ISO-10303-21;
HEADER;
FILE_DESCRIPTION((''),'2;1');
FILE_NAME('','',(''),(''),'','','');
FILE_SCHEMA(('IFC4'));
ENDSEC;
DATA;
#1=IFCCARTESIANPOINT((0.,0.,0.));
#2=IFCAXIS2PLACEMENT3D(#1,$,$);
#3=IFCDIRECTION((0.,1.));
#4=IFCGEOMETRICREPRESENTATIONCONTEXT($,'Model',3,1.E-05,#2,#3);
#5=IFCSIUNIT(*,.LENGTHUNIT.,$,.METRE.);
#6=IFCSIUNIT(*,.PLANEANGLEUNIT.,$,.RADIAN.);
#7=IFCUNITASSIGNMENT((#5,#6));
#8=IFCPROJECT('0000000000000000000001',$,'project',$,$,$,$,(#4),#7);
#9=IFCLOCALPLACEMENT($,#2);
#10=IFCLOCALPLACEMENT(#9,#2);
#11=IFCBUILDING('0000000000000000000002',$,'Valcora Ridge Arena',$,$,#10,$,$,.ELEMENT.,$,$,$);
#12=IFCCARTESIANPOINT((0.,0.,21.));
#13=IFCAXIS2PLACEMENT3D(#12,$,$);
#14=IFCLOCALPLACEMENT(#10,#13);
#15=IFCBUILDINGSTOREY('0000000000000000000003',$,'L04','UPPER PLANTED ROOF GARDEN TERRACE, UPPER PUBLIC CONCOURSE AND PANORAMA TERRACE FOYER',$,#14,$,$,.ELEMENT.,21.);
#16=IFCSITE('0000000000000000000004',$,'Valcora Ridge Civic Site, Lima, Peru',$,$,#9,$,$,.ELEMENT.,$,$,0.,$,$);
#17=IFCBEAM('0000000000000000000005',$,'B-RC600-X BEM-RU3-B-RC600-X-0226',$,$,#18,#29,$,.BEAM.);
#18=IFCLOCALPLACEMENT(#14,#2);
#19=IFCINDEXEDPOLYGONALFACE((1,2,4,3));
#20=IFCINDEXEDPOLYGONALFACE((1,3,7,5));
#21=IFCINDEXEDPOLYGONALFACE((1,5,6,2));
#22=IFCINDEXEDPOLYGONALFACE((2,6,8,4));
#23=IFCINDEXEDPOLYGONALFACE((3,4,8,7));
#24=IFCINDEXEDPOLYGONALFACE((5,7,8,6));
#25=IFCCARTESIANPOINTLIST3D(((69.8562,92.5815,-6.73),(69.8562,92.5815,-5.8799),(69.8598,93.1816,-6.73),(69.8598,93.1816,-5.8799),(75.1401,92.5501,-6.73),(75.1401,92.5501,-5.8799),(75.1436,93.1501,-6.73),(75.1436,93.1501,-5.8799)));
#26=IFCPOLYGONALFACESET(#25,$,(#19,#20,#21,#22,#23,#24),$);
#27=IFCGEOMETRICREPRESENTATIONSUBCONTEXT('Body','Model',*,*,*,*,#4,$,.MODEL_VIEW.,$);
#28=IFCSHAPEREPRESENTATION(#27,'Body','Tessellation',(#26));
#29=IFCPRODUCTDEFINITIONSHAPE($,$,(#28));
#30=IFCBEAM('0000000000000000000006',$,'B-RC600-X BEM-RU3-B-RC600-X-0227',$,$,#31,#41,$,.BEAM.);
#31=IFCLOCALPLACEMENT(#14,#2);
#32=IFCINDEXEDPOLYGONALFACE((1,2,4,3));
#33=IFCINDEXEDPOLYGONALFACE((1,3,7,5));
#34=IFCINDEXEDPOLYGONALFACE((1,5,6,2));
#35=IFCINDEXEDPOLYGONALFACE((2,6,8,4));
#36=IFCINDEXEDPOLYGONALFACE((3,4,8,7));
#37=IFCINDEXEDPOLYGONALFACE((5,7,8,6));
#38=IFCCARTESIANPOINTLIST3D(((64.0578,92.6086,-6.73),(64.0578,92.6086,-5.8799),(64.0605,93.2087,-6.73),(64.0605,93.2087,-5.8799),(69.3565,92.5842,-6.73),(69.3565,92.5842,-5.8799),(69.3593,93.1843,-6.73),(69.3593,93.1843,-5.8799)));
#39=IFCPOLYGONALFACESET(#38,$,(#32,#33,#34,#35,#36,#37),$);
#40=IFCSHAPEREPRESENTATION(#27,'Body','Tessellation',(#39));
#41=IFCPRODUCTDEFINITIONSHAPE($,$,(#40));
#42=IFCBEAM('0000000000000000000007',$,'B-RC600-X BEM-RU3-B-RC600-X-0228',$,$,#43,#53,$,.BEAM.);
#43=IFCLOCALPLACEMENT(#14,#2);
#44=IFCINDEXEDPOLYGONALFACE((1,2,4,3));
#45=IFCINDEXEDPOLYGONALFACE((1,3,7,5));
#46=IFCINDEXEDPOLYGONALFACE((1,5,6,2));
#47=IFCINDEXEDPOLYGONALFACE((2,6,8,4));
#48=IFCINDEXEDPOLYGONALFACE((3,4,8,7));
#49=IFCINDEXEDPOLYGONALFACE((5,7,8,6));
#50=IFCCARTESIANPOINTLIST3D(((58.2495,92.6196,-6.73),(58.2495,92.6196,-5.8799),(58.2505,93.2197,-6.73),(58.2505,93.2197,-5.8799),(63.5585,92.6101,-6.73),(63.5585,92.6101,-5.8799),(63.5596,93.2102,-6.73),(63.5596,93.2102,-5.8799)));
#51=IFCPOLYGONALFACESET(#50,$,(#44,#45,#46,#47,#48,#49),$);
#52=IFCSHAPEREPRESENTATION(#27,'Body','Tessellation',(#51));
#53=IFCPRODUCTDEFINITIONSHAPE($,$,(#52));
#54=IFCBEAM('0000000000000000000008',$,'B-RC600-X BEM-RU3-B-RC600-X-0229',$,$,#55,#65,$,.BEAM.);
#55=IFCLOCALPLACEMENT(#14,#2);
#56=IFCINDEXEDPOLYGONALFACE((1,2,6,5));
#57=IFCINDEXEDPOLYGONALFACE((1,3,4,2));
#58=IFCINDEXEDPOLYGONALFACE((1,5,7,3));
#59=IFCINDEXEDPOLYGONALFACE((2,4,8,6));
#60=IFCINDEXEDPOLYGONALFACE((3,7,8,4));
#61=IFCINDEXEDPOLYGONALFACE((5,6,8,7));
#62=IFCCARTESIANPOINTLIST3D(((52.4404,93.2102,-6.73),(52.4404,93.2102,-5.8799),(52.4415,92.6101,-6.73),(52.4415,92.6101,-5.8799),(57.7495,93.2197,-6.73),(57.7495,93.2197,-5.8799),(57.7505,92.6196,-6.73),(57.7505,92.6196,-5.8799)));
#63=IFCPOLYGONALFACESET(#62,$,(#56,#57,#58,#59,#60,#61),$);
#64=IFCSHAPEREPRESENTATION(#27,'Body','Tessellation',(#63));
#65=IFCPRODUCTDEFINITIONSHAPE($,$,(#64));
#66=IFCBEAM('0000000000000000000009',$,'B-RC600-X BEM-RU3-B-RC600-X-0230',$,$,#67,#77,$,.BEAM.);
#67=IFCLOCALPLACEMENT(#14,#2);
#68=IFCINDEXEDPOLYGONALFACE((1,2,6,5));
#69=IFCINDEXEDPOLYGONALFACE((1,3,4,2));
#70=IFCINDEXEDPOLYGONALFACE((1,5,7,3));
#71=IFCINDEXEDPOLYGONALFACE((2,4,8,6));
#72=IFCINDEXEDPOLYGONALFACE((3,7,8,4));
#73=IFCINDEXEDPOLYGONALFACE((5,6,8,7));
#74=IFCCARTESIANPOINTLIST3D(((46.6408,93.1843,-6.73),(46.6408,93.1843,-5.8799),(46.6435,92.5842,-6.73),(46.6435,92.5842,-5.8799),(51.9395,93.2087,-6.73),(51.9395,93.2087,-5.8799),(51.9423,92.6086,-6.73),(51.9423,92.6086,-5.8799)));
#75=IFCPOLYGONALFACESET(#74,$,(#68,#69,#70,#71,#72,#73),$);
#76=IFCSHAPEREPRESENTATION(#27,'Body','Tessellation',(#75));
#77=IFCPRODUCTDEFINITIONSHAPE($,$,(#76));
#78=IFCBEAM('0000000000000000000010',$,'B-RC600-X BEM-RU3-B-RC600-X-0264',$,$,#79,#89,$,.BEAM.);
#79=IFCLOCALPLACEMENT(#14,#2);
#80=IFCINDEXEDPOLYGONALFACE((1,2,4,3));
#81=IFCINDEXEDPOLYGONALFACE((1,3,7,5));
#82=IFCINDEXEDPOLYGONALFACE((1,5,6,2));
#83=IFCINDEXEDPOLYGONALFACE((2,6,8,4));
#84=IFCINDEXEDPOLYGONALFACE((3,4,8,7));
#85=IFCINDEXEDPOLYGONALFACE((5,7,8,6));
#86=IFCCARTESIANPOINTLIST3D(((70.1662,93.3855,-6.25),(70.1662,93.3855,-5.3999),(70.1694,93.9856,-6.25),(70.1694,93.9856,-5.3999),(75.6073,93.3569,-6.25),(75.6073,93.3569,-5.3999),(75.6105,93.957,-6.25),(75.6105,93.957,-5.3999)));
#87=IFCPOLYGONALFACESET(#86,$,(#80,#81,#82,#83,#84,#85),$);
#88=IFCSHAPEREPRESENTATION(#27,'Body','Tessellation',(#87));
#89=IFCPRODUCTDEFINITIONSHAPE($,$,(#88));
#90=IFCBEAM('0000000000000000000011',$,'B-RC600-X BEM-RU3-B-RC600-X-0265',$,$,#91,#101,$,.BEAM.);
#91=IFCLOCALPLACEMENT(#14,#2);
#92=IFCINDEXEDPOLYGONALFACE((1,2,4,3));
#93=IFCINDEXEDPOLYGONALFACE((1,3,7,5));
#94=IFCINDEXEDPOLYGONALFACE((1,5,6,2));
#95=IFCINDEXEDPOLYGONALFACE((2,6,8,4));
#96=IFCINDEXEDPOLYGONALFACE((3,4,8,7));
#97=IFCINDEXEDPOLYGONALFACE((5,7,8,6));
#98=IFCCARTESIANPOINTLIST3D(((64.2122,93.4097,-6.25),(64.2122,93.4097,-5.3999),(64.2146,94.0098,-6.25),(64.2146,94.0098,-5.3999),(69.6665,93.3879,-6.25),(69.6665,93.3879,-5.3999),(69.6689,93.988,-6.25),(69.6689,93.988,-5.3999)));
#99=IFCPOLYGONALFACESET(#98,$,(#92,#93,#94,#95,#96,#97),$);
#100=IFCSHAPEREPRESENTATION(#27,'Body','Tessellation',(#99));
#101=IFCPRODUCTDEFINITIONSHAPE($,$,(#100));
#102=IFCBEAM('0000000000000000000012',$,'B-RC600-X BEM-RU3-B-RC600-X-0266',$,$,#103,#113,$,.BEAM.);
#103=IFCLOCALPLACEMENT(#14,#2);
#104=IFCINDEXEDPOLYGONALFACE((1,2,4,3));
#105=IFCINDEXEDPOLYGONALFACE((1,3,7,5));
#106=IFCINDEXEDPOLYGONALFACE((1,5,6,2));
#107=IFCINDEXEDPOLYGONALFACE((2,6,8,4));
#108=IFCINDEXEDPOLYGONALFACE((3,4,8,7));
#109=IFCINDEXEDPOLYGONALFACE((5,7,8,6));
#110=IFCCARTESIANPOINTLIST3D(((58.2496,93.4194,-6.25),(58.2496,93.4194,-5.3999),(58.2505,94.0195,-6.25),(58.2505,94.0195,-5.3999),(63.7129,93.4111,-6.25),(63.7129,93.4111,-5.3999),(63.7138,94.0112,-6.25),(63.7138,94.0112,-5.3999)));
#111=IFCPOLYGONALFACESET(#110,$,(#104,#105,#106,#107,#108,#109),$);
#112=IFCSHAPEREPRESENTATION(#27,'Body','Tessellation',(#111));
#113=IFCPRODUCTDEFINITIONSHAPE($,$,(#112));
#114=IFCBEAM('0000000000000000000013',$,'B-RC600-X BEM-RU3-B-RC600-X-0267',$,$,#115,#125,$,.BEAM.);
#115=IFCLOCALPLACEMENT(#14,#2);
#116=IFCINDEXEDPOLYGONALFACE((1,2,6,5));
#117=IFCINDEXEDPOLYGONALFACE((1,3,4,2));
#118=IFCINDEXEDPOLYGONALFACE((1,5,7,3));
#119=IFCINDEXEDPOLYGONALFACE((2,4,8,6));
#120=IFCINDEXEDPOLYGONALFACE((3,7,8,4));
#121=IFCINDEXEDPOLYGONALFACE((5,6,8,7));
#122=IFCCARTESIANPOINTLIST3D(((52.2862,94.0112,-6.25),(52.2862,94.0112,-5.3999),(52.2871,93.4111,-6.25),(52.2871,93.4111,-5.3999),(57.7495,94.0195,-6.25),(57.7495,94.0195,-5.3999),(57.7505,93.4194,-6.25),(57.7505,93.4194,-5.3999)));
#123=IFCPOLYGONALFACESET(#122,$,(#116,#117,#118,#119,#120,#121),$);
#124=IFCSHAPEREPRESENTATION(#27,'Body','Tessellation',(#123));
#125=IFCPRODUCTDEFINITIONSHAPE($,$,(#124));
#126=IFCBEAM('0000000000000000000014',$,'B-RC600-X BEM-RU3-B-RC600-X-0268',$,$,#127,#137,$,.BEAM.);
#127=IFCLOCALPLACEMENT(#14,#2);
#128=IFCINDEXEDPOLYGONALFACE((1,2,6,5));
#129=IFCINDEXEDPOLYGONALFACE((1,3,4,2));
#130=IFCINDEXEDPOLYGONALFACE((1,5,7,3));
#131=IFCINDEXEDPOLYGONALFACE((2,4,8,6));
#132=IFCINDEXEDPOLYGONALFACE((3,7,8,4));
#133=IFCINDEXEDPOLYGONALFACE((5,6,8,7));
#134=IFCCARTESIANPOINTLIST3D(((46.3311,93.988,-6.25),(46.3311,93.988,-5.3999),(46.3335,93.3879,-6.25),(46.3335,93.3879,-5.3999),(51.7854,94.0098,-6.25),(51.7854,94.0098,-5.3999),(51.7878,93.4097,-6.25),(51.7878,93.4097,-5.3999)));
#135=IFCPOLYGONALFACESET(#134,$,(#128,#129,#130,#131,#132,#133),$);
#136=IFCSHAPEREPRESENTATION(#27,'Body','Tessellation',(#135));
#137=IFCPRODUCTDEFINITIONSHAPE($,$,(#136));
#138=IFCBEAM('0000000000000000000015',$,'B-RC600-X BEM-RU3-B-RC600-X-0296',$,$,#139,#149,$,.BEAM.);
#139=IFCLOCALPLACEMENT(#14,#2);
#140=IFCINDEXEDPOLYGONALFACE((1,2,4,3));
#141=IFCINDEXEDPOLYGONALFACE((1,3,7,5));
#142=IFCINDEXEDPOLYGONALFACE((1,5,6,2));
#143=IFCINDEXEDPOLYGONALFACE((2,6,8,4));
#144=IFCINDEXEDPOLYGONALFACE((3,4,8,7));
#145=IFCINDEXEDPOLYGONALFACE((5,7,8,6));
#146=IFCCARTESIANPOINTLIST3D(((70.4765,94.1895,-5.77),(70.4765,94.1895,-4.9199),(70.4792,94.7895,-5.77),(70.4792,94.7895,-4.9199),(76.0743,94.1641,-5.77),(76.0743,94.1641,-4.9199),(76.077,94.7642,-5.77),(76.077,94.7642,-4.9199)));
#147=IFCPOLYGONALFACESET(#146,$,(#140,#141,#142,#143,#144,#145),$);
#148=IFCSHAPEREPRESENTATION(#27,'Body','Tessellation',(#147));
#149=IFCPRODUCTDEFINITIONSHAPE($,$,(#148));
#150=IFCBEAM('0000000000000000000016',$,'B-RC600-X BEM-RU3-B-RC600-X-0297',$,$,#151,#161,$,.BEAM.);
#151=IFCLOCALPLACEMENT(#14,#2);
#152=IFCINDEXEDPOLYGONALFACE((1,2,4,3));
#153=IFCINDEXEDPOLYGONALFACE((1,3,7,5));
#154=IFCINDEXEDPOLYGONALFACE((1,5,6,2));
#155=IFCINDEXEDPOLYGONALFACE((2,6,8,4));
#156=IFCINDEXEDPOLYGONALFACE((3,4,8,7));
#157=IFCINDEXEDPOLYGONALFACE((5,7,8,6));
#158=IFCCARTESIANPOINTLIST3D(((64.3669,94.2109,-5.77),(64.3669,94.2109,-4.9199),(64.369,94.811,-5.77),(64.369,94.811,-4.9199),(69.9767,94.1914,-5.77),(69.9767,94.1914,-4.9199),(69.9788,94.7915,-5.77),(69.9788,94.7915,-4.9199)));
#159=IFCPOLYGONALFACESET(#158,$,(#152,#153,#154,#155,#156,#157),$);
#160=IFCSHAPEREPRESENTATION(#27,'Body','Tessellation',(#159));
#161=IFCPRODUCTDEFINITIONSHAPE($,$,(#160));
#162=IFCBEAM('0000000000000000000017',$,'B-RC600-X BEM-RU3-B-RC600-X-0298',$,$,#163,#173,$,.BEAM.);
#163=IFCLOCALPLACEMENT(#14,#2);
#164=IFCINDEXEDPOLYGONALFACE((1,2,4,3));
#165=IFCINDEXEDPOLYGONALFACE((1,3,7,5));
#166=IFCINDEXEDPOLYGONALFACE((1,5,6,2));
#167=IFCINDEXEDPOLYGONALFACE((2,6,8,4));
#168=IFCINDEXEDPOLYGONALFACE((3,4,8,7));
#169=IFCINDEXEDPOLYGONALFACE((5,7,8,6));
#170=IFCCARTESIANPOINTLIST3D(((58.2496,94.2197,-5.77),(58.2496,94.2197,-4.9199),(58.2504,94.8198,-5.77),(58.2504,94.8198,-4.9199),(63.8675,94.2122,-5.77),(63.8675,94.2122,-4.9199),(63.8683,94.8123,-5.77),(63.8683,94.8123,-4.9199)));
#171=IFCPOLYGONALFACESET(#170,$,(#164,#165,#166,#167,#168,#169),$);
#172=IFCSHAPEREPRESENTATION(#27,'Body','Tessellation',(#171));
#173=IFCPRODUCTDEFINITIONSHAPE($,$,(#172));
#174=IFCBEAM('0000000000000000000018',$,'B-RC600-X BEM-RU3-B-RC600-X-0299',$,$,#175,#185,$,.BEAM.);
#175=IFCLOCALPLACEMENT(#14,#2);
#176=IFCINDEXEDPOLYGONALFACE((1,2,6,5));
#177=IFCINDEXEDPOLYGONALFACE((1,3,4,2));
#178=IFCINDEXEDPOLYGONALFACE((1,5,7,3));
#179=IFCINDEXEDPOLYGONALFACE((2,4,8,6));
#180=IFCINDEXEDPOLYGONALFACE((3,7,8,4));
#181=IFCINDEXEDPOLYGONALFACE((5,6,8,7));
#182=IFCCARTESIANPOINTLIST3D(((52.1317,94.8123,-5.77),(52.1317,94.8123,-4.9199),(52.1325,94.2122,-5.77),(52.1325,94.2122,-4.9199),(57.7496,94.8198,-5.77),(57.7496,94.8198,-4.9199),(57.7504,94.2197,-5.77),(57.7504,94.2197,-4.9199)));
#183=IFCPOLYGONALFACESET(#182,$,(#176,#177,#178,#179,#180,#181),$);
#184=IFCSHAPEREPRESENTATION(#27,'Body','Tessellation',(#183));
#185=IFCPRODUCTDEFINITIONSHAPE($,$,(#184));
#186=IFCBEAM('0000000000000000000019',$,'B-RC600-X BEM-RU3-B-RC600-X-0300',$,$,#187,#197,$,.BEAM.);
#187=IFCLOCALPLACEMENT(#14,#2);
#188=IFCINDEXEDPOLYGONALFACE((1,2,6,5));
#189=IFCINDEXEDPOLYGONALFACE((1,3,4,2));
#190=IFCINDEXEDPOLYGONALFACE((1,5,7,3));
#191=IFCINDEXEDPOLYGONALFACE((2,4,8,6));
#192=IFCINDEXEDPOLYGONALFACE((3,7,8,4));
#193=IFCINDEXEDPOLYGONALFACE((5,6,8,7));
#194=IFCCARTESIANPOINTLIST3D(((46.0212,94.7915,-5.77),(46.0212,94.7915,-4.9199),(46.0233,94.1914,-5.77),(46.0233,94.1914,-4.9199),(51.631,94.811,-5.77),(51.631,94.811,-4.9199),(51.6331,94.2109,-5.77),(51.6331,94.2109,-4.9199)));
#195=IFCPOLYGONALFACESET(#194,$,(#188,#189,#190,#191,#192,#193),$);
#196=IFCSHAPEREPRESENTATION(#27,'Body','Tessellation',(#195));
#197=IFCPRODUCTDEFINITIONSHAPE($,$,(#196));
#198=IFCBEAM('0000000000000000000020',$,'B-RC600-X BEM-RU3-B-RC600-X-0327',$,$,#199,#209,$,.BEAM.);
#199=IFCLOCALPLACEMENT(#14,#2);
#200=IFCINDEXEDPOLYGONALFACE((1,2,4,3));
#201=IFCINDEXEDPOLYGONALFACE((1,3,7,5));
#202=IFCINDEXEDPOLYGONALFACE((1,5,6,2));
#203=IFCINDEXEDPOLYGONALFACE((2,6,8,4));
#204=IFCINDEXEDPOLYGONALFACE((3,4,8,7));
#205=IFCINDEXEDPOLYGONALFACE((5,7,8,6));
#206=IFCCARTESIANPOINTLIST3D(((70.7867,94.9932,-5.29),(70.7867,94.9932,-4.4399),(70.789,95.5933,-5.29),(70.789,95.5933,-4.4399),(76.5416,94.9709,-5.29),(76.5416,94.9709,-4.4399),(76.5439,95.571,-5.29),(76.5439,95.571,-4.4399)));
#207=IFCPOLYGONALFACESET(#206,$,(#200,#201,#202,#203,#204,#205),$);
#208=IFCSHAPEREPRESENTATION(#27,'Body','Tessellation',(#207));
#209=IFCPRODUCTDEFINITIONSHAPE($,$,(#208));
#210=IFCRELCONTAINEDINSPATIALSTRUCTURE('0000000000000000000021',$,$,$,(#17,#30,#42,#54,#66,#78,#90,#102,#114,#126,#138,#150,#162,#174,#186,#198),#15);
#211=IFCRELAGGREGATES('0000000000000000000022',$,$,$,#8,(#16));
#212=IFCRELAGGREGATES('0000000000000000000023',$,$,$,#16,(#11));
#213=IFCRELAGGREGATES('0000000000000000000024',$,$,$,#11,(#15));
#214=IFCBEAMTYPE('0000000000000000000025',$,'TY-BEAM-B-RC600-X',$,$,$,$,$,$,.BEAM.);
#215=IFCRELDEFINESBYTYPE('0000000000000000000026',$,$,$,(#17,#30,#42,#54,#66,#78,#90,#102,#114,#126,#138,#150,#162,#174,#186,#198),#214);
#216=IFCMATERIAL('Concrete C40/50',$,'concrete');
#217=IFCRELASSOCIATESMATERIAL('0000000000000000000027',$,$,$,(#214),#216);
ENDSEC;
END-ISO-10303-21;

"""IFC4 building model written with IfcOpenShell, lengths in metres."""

from ifc_helpers import new_model, si_unit, direction, frame, origin, origin_2d, place, context, subcontext, project, spatial, rectangle, extrude, material, material_profile, profile_set, type_object, element, save


model = new_model("IFC4")

# Units and contexts
model_context = context("Model", 3, precision=1e-05, world=origin(), true_north=direction((0.0, 1.0)))
body_context = subcontext(model_context, "Body", "Model", "MODEL_VIEW")
ifc_project = project(units=[si_unit("LENGTHUNIT", "METRE"), si_unit("PLANEANGLEUNIT", "RADIAN")], contexts=[model_context])

# Site, building, storey
site_placement = place(None, origin())
site = spatial("IfcSite", under=ifc_project, at=site_placement, Name="Valcora Ridge Civic Site, Lima, Peru", CompositionType="ELEMENT", RefElevation=0.0)
building_placement = place(site_placement, origin())
building = spatial("IfcBuilding", under=site, at=building_placement, Name="Valcora Ridge Arena", CompositionType="ELEMENT")
storey_placement = place(building_placement, frame((0.0, 0.0, 21.0)))
storey = spatial("IfcBuildingStorey", under=building, at=storey_placement, Name="L04", Description="UPPER PLANTED ROOF GARDEN TERRACE, UPPER PUBLIC CONCOURSE AND PANORAMA TERRACE FOYER", CompositionType="ELEMENT", Elevation=21.0)

# Beams
ifc_material = material(Name="Concrete C40/50", Category="concrete")
ifc_material_profile = material_profile(ifc_material, rectangle(XDim=0.6001, YDim=0.8501, at=origin_2d()), Name="RC 600x850")
ifc_profile_set = profile_set([ifc_material_profile], Name="Concrete C40/50")
beam_type = type_object("IfcBeamType", Name="TY-BEAM-B-RC600-X", PredefinedType="BEAM", material=ifc_profile_set)
beam_1_placement = place(storey_placement, frame((75.1418, 92.8501, -6.3049), z_axis=(-0.999982, 0.00596, 0.0), x_axis=(-0.00596, -0.999982, 0.0)))
element("IfcBeam", 1, at=beam_1_placement, inside=storey, type_object=beam_type, Name="B-RC600-X BEM-RU3-B-RC600-X-0226", PredefinedType="BEAM", context=body_context, shape_type="SweptSolid", body=[
    extrude(rectangle(XDim=0.6001, YDim=0.8501, at=origin_2d()), origin(), (0.0, 0.0, 1.0), 5.2839),
])
beam_2_placement = place(storey_placement, frame((69.3579, 92.8843, -6.3049), z_axis=(-0.999989, 0.004607, 0.0), x_axis=(-0.004607, -0.999989, 0.0)))
element("IfcBeam", 2, at=beam_2_placement, inside=storey, type_object=beam_type, Name="B-RC600-X BEM-RU3-B-RC600-X-0227", PredefinedType="BEAM", context=body_context, shape_type="SweptSolid", body=[
    extrude(rectangle(XDim=0.6001, YDim=0.8501, at=origin_2d()), origin(), (0.0, 0.0, 1.0), 5.2988),
])
for number, where, z_axis, x_axis, name in (
    (3, (63.5591, 92.9102, -6.3049), (-0.999998, 0.001793, 0.0), (-0.001793, -0.999998, 0.0), "B-RC600-X BEM-RU3-B-RC600-X-0228"),
    (4, (57.75, 92.9197, -6.3049), (-0.999998, -0.001793, 0.0), (0.001793, -0.999998, 0.0), "B-RC600-X BEM-RU3-B-RC600-X-0229"),
):
    element("IfcBeam", number, at=place(storey_placement, frame(where, z_axis=z_axis, x_axis=x_axis)), inside=storey, type_object=beam_type, Name=name, PredefinedType="BEAM", context=body_context, shape_type="SweptSolid", body=[
        extrude(rectangle(XDim=0.6001, YDim=0.8501, at=origin_2d()), origin(), (0.0, 0.0, 1.0), 5.3091),
    ])
beam_3_placement = place(storey_placement, frame((51.9409, 92.9087, -6.3049), z_axis=(-0.999989, -0.004607, 0.0), x_axis=(0.004607, -0.999989, 0.0)))
element("IfcBeam", 5, at=beam_3_placement, inside=storey, type_object=beam_type, Name="B-RC600-X BEM-RU3-B-RC600-X-0230", PredefinedType="BEAM", context=body_context, shape_type="SweptSolid", body=[
    extrude(rectangle(XDim=0.6001, YDim=0.8501, at=origin_2d()), origin(), (0.0, 0.0, 1.0), 5.2988),
])
beam_4_placement = place(storey_placement, frame((75.6089, 93.657, -5.825), z_axis=(-0.999986, 0.00525, 0.0), x_axis=(-0.00525, -0.999986, 0.0)))
element("IfcBeam", 6, at=beam_4_placement, inside=storey, type_object=beam_type, Name="B-RC600-X BEM-RU3-B-RC600-X-0264", PredefinedType="BEAM", context=body_context, shape_type="SweptSolid", body=[
    extrude(rectangle(XDim=0.6001, YDim=0.8501, at=origin_2d()), origin(), (0.0, 0.0, 1.0), 5.4412),
])
beam_5_placement = place(storey_placement, frame((69.6677, 93.688, -5.825), z_axis=(-0.999992, 0.003984, 0.0), x_axis=(-0.003984, -0.999992, 0.0)))
element("IfcBeam", 7, at=beam_5_placement, inside=storey, type_object=beam_type, Name="B-RC600-X BEM-RU3-B-RC600-X-0265", PredefinedType="BEAM", context=body_context, shape_type="SweptSolid", body=[
    extrude(rectangle(XDim=0.6001, YDim=0.8501, at=origin_2d()), origin(), (0.0, 0.0, 1.0), 5.4543),
])
for number, where, z_axis, x_axis, name in (
    (8, (63.7134, 93.7112, -5.825), (-0.999999, 0.001519, 0.0), (-0.001519, -0.999999, 0.0), "B-RC600-X BEM-RU3-B-RC600-X-0266"),
    (9, (57.75, 93.7195, -5.825), (-0.999999, -0.001519, 0.0), (0.001519, -0.999999, 0.0), "B-RC600-X BEM-RU3-B-RC600-X-0267"),
):
    element("IfcBeam", number, at=place(storey_placement, frame(where, z_axis=z_axis, x_axis=x_axis)), inside=storey, type_object=beam_type, Name=name, PredefinedType="BEAM", context=body_context, shape_type="SweptSolid", body=[
        extrude(rectangle(XDim=0.6001, YDim=0.8501, at=origin_2d()), origin(), (0.0, 0.0, 1.0), 5.4634),
    ])
beam_6_placement = place(storey_placement, frame((51.7866, 93.7097, -5.825), z_axis=(-0.999992, -0.003984, 0.0), x_axis=(0.003984, -0.999992, 0.0)))
element("IfcBeam", 10, at=beam_6_placement, inside=storey, type_object=beam_type, Name="B-RC600-X BEM-RU3-B-RC600-X-0268", PredefinedType="BEAM", context=body_context, shape_type="SweptSolid", body=[
    extrude(rectangle(XDim=0.6001, YDim=0.8501, at=origin_2d()), origin(), (0.0, 0.0, 1.0), 5.4543),
])
beam_7_placement = place(storey_placement, frame((76.0757, 94.4641, -5.345), z_axis=(-0.99999, 0.004536, 0.0), x_axis=(-0.004536, -0.99999, 0.0)))
element("IfcBeam", 11, at=beam_7_placement, inside=storey, type_object=beam_type, Name="B-RC600-X BEM-RU3-B-RC600-X-0296", PredefinedType="BEAM", context=body_context, shape_type="SweptSolid", body=[
    extrude(rectangle(XDim=0.6001, YDim=0.8501, at=origin_2d()), origin(), (0.0, 0.0, 1.0), 5.5979),
])
beam_8_placement = place(storey_placement, frame((69.9778, 94.4915, -5.345), z_axis=(-0.999994, 0.003482, 0.0), x_axis=(-0.003482, -0.999994, 0.0)))
element("IfcBeam", 12, at=beam_8_placement, inside=storey, type_object=beam_type, Name="B-RC600-X BEM-RU3-B-RC600-X-0297", PredefinedType="BEAM", context=body_context, shape_type="SweptSolid", body=[
    extrude(rectangle(XDim=0.6001, YDim=0.8501, at=origin_2d()), origin(), (0.0, 0.0, 1.0), 5.6099),
])
for number, where, z_axis, x_axis, name in (
    (13, (63.8679, 94.5122, -5.345), (-0.999999, 0.001347, 0.0), (-0.001347, -0.999999, 0.0), "B-RC600-X BEM-RU3-B-RC600-X-0298"),
    (14, (57.75, 94.5198, -5.345), (-0.999999, -0.001347, 0.0), (0.001347, -0.999999, 0.0), "B-RC600-X BEM-RU3-B-RC600-X-0299"),
):
    element("IfcBeam", number, at=place(storey_placement, frame(where, z_axis=z_axis, x_axis=x_axis)), inside=storey, type_object=beam_type, Name=name, PredefinedType="BEAM", context=body_context, shape_type="SweptSolid", body=[
        extrude(rectangle(XDim=0.6001, YDim=0.8501, at=origin_2d()), origin(), (0.0, 0.0, 1.0), 5.6179),
    ])
beam_9_placement = place(storey_placement, frame((51.6321, 94.511, -5.345), z_axis=(-0.999994, -0.003482, 0.0), x_axis=(0.003482, -0.999994, 0.0)))
element("IfcBeam", 15, at=beam_9_placement, inside=storey, type_object=beam_type, Name="B-RC600-X BEM-RU3-B-RC600-X-0300", PredefinedType="BEAM", context=body_context, shape_type="SweptSolid", body=[
    extrude(rectangle(XDim=0.6001, YDim=0.8501, at=origin_2d()), origin(), (0.0, 0.0, 1.0), 5.6099),
])
beam_10_placement = place(storey_placement, frame((76.5427, 95.271, -4.865), z_axis=(-0.999993, 0.00386, 0.0), x_axis=(-0.00386, -0.999993, 0.0)))
element("IfcBeam", 16, at=beam_10_placement, inside=storey, type_object=beam_type, Name="B-RC600-X BEM-RU3-B-RC600-X-0327", PredefinedType="BEAM", context=body_context, shape_type="SweptSolid", body=[
    extrude(rectangle(XDim=0.6001, YDim=0.8501, at=origin_2d()), origin(), (0.0, 0.0, 1.0), 5.7549),
])

save(model, "model.ifc")
